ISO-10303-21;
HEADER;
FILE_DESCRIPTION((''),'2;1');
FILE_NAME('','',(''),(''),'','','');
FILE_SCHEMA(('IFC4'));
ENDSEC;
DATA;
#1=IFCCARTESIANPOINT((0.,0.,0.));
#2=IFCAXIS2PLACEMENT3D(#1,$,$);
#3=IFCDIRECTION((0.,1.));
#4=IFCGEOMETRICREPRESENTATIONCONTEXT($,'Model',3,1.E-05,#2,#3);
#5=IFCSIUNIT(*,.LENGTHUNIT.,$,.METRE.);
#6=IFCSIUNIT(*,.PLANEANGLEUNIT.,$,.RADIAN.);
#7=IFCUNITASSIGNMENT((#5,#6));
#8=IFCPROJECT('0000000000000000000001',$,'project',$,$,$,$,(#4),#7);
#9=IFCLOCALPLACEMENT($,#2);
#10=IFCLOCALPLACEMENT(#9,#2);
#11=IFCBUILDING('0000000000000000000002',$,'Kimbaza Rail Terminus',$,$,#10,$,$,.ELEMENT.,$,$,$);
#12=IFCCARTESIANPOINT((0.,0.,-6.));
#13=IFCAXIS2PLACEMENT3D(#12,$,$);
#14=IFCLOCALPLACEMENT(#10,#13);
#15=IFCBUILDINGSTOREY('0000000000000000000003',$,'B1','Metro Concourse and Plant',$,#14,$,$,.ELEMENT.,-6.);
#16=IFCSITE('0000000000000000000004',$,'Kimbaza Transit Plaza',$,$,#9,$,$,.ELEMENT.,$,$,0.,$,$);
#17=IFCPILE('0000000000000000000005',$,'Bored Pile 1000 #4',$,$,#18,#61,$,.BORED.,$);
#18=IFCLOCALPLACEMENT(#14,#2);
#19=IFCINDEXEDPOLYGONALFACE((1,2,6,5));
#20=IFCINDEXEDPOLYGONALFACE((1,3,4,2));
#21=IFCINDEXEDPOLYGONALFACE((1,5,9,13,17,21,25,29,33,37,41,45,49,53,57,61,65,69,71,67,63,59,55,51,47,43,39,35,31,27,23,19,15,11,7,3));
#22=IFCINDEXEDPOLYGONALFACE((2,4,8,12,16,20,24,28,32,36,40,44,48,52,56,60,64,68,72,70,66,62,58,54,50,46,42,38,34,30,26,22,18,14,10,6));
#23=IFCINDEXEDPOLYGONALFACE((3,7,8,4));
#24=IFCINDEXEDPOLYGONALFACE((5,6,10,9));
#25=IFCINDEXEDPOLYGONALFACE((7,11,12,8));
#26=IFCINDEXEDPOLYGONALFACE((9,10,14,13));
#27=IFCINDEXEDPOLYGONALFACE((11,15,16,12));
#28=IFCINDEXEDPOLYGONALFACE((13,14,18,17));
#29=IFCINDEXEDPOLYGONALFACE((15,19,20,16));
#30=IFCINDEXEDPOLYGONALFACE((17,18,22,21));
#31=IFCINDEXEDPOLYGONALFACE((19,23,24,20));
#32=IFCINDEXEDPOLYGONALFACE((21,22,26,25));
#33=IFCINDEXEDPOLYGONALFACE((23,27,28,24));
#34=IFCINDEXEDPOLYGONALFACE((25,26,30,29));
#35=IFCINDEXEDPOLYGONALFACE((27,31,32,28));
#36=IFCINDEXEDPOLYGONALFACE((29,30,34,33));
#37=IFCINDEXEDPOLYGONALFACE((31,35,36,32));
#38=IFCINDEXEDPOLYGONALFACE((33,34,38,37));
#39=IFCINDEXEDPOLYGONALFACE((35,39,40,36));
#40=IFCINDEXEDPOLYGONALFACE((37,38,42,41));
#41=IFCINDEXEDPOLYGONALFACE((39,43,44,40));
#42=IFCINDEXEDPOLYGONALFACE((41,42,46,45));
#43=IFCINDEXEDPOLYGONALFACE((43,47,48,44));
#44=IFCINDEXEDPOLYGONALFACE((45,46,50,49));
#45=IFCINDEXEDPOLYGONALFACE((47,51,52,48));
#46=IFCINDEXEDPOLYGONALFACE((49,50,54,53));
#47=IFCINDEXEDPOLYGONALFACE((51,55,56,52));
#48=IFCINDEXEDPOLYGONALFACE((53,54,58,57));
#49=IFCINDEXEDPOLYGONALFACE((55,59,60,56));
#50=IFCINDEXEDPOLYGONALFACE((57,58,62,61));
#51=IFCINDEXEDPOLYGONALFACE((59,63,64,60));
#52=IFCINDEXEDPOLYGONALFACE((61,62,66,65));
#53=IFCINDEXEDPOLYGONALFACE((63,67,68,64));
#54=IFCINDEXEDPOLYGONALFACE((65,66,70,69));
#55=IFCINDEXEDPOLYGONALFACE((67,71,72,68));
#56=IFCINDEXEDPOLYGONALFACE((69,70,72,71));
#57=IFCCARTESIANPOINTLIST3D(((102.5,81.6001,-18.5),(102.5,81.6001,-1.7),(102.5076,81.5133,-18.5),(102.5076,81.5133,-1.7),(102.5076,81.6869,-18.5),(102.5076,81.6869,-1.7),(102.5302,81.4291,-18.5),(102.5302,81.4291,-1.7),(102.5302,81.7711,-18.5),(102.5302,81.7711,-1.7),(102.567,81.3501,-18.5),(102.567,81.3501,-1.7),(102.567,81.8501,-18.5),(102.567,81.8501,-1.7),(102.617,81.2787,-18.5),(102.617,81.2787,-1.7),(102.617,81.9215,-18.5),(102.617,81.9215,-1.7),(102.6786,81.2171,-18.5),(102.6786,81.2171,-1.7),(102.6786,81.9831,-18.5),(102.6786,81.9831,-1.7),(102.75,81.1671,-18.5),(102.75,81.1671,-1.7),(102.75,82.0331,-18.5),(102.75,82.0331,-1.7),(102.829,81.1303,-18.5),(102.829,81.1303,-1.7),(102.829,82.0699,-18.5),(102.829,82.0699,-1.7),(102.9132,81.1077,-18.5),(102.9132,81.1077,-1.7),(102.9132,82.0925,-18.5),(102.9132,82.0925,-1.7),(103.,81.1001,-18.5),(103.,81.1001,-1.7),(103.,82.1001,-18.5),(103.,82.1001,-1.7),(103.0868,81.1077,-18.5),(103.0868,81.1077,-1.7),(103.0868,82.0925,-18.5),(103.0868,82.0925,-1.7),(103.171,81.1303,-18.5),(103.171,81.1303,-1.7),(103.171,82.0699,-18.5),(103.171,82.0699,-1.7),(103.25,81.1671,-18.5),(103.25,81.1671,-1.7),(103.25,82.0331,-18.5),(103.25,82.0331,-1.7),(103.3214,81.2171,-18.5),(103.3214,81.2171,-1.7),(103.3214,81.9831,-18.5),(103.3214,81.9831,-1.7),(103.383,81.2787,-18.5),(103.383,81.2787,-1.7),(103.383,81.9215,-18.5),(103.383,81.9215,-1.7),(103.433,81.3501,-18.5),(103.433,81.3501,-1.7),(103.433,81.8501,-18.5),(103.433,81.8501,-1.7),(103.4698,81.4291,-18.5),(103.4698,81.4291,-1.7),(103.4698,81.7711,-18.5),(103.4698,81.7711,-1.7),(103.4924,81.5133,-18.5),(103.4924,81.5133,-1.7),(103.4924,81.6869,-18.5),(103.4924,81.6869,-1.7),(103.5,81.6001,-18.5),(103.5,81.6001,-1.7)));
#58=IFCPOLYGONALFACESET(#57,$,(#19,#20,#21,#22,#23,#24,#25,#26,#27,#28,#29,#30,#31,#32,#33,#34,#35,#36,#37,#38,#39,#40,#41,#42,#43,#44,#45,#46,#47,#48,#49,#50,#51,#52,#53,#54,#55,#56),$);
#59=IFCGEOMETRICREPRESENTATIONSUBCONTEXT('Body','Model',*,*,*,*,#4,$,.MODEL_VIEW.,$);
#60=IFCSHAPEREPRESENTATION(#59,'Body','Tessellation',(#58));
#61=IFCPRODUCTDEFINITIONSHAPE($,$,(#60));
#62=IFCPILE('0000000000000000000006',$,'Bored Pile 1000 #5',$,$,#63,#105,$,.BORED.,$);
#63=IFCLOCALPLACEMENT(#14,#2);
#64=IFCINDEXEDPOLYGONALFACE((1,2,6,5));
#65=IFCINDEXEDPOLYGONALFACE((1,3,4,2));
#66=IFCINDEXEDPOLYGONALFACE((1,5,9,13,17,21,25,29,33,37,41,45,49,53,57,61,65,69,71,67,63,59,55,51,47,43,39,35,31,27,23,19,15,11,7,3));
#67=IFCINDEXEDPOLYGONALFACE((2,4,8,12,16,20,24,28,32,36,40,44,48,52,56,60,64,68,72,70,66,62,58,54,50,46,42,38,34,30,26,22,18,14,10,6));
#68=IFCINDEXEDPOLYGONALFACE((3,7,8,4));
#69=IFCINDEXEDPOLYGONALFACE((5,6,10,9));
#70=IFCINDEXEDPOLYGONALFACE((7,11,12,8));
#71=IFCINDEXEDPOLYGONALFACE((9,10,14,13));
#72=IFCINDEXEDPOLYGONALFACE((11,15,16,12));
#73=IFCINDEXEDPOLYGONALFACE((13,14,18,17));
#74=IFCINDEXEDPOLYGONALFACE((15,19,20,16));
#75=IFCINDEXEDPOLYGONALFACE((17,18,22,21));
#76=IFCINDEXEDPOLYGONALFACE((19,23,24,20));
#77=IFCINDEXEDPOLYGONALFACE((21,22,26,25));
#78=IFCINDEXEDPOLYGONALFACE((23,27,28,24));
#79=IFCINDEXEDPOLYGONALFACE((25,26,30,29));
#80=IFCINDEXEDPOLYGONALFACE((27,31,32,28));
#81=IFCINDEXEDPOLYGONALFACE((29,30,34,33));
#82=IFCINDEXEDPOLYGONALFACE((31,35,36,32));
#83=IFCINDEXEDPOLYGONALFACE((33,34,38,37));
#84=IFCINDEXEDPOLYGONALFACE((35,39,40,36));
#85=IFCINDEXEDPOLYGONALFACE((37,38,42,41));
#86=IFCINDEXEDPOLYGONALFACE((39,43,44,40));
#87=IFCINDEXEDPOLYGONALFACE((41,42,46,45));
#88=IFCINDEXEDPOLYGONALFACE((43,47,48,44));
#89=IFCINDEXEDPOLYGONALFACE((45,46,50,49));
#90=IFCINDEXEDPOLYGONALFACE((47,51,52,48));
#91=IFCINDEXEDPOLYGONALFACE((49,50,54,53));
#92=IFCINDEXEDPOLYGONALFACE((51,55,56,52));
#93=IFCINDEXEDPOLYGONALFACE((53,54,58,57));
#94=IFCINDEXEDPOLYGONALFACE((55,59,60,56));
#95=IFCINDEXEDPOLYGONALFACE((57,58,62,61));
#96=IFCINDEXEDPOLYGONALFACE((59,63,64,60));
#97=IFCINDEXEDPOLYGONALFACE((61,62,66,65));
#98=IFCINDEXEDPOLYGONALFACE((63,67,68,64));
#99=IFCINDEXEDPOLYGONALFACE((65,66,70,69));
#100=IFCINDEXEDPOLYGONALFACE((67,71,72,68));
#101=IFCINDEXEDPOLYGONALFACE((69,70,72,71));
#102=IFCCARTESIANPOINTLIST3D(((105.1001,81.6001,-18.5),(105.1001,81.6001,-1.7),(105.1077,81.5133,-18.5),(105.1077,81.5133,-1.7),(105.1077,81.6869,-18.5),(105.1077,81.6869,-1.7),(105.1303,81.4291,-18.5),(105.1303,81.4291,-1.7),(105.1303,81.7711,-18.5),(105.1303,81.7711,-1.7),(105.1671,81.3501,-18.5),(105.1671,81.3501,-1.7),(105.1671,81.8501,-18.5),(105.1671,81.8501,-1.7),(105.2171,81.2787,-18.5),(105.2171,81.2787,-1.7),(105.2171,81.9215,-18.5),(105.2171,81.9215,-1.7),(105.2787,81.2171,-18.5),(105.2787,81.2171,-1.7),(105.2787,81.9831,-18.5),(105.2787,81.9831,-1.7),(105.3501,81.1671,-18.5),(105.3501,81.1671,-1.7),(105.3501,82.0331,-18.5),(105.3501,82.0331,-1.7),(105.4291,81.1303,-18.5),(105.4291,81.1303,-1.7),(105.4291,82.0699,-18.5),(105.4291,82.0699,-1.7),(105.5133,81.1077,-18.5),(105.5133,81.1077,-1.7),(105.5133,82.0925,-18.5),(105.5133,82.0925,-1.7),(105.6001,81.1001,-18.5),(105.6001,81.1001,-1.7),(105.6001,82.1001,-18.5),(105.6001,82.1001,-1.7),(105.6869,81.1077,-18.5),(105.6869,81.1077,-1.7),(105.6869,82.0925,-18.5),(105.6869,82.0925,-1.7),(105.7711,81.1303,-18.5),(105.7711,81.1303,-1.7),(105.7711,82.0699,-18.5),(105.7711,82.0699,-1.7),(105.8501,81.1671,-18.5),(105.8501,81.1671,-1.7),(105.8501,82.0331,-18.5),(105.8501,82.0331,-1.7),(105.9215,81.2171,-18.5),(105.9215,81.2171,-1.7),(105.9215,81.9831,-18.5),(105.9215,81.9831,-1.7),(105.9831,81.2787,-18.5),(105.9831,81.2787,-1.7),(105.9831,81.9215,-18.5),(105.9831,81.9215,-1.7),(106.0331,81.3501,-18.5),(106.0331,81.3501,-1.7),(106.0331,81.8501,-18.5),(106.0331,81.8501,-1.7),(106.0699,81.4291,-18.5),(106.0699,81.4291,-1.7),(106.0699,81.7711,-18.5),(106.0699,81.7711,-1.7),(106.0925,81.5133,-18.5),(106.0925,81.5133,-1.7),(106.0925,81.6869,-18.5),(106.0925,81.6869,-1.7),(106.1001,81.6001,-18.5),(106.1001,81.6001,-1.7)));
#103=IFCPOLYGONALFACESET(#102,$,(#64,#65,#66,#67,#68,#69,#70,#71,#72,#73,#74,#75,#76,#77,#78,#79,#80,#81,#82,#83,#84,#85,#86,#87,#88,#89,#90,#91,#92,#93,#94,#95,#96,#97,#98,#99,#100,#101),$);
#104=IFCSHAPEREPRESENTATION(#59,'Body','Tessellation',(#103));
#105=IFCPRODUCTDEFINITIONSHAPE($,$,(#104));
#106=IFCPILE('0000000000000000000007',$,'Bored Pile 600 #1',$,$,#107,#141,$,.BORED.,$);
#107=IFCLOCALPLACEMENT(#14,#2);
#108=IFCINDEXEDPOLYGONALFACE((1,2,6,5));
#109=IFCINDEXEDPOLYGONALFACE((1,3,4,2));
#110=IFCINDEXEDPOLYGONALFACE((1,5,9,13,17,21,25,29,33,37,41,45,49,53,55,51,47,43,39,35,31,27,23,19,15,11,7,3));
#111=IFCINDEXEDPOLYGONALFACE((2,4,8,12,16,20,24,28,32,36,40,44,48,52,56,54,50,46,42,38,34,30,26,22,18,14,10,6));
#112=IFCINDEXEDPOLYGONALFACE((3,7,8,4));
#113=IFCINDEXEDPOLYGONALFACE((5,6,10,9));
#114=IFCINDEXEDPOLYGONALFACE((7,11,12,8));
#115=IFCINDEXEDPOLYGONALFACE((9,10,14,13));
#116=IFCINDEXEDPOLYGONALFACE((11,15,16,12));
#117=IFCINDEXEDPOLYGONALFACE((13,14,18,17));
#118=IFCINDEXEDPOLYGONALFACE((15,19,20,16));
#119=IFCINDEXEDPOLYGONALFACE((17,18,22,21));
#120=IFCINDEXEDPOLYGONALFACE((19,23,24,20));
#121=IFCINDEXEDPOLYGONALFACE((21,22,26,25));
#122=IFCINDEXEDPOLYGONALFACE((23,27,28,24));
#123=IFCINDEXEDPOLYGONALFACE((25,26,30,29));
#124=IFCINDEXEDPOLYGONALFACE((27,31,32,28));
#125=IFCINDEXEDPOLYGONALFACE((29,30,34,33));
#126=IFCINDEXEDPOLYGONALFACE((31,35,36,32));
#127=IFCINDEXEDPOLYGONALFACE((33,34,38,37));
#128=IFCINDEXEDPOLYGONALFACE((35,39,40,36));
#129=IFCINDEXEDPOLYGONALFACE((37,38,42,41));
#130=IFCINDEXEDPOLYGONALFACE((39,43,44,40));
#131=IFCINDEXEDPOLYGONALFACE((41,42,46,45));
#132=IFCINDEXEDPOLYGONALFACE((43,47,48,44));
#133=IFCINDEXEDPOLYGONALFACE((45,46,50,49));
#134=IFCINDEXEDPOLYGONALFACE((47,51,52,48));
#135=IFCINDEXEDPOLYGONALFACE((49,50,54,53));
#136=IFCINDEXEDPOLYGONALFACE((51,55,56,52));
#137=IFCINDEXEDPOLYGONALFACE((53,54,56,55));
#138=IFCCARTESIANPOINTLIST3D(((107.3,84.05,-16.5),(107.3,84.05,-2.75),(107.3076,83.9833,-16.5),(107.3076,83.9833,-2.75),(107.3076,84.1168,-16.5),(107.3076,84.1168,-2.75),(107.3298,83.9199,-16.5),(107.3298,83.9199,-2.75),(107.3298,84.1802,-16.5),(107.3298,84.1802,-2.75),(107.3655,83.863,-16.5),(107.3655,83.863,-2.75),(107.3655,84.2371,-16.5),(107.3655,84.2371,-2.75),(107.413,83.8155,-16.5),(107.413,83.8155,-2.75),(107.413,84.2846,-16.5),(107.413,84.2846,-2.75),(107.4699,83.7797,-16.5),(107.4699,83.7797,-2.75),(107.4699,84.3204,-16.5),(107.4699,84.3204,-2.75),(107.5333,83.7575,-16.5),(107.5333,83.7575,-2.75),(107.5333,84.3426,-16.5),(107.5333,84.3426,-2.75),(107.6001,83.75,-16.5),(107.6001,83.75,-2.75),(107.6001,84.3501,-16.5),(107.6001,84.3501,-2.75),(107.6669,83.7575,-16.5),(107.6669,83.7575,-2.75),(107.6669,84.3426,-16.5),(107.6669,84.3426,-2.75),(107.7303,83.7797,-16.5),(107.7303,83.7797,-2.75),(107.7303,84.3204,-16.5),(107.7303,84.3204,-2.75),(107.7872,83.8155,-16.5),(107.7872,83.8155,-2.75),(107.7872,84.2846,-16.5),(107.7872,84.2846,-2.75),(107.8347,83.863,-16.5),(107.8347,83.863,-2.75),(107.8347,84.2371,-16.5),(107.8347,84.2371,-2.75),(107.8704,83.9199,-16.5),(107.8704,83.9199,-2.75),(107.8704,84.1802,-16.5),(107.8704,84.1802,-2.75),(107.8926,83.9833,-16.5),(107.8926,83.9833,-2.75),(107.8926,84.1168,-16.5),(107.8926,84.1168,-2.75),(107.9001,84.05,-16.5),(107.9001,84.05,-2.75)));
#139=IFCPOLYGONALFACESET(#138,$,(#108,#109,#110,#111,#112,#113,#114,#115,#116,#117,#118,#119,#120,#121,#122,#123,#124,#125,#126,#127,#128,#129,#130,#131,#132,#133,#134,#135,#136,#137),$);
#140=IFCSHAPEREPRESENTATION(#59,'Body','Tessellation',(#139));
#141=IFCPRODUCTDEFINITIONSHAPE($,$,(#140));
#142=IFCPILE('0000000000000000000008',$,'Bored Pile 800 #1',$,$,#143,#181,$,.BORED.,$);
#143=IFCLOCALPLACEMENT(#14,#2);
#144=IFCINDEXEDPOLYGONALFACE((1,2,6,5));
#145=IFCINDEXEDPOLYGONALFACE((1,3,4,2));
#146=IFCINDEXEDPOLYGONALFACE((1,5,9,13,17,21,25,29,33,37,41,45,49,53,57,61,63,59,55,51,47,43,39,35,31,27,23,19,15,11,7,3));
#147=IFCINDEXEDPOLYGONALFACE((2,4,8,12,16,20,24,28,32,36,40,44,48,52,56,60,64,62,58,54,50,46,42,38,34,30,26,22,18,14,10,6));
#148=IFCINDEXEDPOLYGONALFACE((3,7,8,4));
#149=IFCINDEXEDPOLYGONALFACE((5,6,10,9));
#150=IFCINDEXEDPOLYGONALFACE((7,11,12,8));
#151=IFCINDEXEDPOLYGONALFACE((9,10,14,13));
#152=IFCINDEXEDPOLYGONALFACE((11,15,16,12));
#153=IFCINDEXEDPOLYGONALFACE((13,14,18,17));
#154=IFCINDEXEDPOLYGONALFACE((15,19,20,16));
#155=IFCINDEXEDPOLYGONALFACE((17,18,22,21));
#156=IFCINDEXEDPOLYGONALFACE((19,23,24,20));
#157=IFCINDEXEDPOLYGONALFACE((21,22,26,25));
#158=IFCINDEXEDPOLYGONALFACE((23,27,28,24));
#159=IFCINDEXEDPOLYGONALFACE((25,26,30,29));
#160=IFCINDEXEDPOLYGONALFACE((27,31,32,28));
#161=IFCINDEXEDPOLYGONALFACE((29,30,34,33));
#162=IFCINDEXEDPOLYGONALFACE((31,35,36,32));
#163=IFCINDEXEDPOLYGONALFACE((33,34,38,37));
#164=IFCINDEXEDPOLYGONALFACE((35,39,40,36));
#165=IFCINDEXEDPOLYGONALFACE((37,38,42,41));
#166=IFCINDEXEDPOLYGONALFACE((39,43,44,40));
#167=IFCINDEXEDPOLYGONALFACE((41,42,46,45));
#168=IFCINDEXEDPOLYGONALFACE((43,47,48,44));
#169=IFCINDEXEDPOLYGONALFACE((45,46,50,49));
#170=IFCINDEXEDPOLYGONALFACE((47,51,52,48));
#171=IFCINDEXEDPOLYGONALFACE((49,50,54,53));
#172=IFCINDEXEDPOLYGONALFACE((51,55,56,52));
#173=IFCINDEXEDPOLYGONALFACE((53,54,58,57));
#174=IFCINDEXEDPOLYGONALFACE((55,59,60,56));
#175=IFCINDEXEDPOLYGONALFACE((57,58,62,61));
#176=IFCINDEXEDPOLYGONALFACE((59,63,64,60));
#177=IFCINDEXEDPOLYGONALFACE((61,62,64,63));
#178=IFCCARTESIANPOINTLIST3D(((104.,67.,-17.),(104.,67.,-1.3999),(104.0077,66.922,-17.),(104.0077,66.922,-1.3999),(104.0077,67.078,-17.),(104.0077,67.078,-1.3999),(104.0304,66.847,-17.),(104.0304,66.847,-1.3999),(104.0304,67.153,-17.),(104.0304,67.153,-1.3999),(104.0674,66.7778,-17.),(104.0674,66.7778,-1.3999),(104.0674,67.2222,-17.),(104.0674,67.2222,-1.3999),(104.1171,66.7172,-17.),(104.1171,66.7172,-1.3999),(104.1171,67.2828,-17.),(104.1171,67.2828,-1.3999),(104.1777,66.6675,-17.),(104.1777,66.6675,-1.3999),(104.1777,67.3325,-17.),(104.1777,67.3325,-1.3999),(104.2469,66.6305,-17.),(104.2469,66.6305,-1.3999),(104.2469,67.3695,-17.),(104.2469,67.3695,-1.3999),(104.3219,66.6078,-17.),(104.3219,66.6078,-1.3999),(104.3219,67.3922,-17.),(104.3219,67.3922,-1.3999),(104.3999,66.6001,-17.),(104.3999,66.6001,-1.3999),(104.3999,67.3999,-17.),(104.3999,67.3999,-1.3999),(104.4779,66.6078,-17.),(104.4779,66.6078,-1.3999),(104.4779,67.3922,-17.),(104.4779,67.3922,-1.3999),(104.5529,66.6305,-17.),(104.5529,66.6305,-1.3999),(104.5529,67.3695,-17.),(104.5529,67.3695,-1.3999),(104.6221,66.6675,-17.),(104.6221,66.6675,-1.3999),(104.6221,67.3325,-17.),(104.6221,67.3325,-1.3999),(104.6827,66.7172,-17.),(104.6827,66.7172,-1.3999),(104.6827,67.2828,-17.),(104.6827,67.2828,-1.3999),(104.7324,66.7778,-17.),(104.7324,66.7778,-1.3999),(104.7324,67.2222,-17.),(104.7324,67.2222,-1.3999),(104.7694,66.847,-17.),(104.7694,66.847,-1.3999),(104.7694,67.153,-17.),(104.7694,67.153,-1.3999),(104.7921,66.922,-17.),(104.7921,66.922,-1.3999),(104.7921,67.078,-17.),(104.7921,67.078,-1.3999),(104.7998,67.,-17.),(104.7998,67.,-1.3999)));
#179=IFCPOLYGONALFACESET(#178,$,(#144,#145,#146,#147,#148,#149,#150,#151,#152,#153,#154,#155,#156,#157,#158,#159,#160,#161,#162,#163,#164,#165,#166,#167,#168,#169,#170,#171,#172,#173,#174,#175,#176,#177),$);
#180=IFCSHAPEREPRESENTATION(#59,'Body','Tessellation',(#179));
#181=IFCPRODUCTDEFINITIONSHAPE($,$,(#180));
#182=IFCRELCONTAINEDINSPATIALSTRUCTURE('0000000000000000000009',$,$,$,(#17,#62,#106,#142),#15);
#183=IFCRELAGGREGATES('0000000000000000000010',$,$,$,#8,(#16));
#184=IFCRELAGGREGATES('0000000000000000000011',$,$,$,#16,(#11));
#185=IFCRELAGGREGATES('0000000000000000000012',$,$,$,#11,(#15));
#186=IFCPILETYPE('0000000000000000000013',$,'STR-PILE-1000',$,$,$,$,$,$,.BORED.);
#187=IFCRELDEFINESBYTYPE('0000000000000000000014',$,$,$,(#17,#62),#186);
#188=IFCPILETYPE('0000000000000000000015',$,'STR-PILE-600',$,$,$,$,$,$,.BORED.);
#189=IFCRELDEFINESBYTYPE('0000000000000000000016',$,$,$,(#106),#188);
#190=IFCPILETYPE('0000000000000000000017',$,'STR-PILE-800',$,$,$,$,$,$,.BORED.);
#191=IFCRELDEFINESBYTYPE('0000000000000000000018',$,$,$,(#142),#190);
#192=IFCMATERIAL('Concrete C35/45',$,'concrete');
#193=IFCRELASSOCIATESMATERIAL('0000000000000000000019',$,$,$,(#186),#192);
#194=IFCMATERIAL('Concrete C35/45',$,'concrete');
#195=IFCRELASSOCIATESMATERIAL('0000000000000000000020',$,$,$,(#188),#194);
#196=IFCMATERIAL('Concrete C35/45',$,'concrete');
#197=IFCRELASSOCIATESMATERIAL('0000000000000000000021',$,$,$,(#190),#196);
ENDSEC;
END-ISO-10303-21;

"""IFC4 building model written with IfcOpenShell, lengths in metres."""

from ifc_helpers import new_model, si_unit, direction, frame, origin, origin_2d, place, context, subcontext, project, spatial, circle, extrude, material, material_profile, profile_set, type_object, element, save


model = new_model("IFC4")

# Units and contexts
model_context = context("Model", 3, precision=1e-05, world=origin(), true_north=direction((0.0, 1.0)))
body_context = subcontext(model_context, "Body", "Model", "MODEL_VIEW")
ifc_project = project(units=[si_unit("LENGTHUNIT", "METRE"), si_unit("PLANEANGLEUNIT", "RADIAN")], contexts=[model_context])

# Site, building, storey
site_placement = place(None, origin())
site = spatial("IfcSite", under=ifc_project, at=site_placement, Name="Kimbaza Transit Plaza", CompositionType="ELEMENT", RefElevation=0.0)
building_placement = place(site_placement, origin())
building = spatial("IfcBuilding", under=site, at=building_placement, Name="Kimbaza Rail Terminus", CompositionType="ELEMENT")
storey_placement = place(building_placement, frame((0.0, 0.0, -6.0)))
storey = spatial("IfcBuildingStorey", under=building, at=storey_placement, Name="B1", Description="Metro Concourse and Plant", CompositionType="ELEMENT", Elevation=-6.0)

# Piles
ifc_material_1 = material(Name="Concrete C35/45", Category="concrete")
ifc_material_profile_1 = material_profile(ifc_material_1, circle(Radius=0.5, at=origin_2d()), Name="BORED PILE 1000")
ifc_profile_set_1 = profile_set([ifc_material_profile_1], Name="Concrete C35/45")
pile_type_1 = type_object("IfcPileType", Name="STR-PILE-1000", PredefinedType="BORED", material=ifc_profile_set_1)
for number, where, z_axis, x_axis, name in (
    (1, (103.0, 81.6001, -1.7), (0.0, 0.0, -1.0), (1.0, 0.0, 0.0), "Bored Pile 1000 #4"),
    (2, (105.6001, 81.6001, -1.7), (0.0, 0.0, -1.0), (1.0, 0.0, 0.0), "Bored Pile 1000 #5"),
):
    element("IfcPile", number, at=place(storey_placement, frame(where, z_axis=z_axis, x_axis=x_axis)), inside=storey, type_object=pile_type_1, Name=name, PredefinedType="BORED", context=body_context, shape_type="SweptSolid", body=[
        extrude(circle(Radius=0.5, at=origin_2d()), origin(), (0.0, 0.0, 1.0), 16.8),
    ])
ifc_material_2 = material(Name="Concrete C35/45", Category="concrete")
ifc_material_profile_2 = material_profile(ifc_material_2, circle(Radius=0.3, at=origin_2d()), Name="BORED PILE 600")
ifc_profile_set_2 = profile_set([ifc_material_profile_2], Name="Concrete C35/45")
pile_type_2 = type_object("IfcPileType", Name="STR-PILE-600", PredefinedType="BORED", material=ifc_profile_set_2)
pile_placement = place(storey_placement, frame((107.6001, 84.05, -2.75), z_axis=(0.0, 0.0, -1.0), x_axis=(1.0, 0.0, 0.0)))
element("IfcPile", 3, at=pile_placement, inside=storey, type_object=pile_type_2, Name="Bored Pile 600 #1", PredefinedType="BORED", context=body_context, shape_type="SweptSolid", body=[
    extrude(circle(Radius=0.3, at=origin_2d()), origin(), (0.0, 0.0, 1.0), 13.75),
])
ifc_material_3 = material(Name="Concrete C35/45", Category="concrete")
ifc_material_profile_3 = material_profile(ifc_material_3, circle(Radius=0.3999, at=origin_2d()), Name="BORED PILE 800")
ifc_profile_set_3 = profile_set([ifc_material_profile_3], Name="Concrete C35/45")
pile_type_3 = type_object("IfcPileType", Name="STR-PILE-800", PredefinedType="BORED", material=ifc_profile_set_3)
for number, where, z_axis, x_axis, name in (
    (4, (104.3999, 67.0, -1.3999), (0.0, 0.0, -1.0), (1.0, 0.0, 0.0), "Bored Pile 800 #1"),
):
    element("IfcPile", number, at=place(storey_placement, frame(where, z_axis=z_axis, x_axis=x_axis)), inside=storey, type_object=pile_type_3, Name=name, PredefinedType="BORED", context=body_context, shape_type="SweptSolid", body=[
        extrude(circle(Radius=0.3999, at=origin_2d()), origin(), (0.0, 0.0, 1.0), 15.6001),
    ])

save(model, "model.ifc")
